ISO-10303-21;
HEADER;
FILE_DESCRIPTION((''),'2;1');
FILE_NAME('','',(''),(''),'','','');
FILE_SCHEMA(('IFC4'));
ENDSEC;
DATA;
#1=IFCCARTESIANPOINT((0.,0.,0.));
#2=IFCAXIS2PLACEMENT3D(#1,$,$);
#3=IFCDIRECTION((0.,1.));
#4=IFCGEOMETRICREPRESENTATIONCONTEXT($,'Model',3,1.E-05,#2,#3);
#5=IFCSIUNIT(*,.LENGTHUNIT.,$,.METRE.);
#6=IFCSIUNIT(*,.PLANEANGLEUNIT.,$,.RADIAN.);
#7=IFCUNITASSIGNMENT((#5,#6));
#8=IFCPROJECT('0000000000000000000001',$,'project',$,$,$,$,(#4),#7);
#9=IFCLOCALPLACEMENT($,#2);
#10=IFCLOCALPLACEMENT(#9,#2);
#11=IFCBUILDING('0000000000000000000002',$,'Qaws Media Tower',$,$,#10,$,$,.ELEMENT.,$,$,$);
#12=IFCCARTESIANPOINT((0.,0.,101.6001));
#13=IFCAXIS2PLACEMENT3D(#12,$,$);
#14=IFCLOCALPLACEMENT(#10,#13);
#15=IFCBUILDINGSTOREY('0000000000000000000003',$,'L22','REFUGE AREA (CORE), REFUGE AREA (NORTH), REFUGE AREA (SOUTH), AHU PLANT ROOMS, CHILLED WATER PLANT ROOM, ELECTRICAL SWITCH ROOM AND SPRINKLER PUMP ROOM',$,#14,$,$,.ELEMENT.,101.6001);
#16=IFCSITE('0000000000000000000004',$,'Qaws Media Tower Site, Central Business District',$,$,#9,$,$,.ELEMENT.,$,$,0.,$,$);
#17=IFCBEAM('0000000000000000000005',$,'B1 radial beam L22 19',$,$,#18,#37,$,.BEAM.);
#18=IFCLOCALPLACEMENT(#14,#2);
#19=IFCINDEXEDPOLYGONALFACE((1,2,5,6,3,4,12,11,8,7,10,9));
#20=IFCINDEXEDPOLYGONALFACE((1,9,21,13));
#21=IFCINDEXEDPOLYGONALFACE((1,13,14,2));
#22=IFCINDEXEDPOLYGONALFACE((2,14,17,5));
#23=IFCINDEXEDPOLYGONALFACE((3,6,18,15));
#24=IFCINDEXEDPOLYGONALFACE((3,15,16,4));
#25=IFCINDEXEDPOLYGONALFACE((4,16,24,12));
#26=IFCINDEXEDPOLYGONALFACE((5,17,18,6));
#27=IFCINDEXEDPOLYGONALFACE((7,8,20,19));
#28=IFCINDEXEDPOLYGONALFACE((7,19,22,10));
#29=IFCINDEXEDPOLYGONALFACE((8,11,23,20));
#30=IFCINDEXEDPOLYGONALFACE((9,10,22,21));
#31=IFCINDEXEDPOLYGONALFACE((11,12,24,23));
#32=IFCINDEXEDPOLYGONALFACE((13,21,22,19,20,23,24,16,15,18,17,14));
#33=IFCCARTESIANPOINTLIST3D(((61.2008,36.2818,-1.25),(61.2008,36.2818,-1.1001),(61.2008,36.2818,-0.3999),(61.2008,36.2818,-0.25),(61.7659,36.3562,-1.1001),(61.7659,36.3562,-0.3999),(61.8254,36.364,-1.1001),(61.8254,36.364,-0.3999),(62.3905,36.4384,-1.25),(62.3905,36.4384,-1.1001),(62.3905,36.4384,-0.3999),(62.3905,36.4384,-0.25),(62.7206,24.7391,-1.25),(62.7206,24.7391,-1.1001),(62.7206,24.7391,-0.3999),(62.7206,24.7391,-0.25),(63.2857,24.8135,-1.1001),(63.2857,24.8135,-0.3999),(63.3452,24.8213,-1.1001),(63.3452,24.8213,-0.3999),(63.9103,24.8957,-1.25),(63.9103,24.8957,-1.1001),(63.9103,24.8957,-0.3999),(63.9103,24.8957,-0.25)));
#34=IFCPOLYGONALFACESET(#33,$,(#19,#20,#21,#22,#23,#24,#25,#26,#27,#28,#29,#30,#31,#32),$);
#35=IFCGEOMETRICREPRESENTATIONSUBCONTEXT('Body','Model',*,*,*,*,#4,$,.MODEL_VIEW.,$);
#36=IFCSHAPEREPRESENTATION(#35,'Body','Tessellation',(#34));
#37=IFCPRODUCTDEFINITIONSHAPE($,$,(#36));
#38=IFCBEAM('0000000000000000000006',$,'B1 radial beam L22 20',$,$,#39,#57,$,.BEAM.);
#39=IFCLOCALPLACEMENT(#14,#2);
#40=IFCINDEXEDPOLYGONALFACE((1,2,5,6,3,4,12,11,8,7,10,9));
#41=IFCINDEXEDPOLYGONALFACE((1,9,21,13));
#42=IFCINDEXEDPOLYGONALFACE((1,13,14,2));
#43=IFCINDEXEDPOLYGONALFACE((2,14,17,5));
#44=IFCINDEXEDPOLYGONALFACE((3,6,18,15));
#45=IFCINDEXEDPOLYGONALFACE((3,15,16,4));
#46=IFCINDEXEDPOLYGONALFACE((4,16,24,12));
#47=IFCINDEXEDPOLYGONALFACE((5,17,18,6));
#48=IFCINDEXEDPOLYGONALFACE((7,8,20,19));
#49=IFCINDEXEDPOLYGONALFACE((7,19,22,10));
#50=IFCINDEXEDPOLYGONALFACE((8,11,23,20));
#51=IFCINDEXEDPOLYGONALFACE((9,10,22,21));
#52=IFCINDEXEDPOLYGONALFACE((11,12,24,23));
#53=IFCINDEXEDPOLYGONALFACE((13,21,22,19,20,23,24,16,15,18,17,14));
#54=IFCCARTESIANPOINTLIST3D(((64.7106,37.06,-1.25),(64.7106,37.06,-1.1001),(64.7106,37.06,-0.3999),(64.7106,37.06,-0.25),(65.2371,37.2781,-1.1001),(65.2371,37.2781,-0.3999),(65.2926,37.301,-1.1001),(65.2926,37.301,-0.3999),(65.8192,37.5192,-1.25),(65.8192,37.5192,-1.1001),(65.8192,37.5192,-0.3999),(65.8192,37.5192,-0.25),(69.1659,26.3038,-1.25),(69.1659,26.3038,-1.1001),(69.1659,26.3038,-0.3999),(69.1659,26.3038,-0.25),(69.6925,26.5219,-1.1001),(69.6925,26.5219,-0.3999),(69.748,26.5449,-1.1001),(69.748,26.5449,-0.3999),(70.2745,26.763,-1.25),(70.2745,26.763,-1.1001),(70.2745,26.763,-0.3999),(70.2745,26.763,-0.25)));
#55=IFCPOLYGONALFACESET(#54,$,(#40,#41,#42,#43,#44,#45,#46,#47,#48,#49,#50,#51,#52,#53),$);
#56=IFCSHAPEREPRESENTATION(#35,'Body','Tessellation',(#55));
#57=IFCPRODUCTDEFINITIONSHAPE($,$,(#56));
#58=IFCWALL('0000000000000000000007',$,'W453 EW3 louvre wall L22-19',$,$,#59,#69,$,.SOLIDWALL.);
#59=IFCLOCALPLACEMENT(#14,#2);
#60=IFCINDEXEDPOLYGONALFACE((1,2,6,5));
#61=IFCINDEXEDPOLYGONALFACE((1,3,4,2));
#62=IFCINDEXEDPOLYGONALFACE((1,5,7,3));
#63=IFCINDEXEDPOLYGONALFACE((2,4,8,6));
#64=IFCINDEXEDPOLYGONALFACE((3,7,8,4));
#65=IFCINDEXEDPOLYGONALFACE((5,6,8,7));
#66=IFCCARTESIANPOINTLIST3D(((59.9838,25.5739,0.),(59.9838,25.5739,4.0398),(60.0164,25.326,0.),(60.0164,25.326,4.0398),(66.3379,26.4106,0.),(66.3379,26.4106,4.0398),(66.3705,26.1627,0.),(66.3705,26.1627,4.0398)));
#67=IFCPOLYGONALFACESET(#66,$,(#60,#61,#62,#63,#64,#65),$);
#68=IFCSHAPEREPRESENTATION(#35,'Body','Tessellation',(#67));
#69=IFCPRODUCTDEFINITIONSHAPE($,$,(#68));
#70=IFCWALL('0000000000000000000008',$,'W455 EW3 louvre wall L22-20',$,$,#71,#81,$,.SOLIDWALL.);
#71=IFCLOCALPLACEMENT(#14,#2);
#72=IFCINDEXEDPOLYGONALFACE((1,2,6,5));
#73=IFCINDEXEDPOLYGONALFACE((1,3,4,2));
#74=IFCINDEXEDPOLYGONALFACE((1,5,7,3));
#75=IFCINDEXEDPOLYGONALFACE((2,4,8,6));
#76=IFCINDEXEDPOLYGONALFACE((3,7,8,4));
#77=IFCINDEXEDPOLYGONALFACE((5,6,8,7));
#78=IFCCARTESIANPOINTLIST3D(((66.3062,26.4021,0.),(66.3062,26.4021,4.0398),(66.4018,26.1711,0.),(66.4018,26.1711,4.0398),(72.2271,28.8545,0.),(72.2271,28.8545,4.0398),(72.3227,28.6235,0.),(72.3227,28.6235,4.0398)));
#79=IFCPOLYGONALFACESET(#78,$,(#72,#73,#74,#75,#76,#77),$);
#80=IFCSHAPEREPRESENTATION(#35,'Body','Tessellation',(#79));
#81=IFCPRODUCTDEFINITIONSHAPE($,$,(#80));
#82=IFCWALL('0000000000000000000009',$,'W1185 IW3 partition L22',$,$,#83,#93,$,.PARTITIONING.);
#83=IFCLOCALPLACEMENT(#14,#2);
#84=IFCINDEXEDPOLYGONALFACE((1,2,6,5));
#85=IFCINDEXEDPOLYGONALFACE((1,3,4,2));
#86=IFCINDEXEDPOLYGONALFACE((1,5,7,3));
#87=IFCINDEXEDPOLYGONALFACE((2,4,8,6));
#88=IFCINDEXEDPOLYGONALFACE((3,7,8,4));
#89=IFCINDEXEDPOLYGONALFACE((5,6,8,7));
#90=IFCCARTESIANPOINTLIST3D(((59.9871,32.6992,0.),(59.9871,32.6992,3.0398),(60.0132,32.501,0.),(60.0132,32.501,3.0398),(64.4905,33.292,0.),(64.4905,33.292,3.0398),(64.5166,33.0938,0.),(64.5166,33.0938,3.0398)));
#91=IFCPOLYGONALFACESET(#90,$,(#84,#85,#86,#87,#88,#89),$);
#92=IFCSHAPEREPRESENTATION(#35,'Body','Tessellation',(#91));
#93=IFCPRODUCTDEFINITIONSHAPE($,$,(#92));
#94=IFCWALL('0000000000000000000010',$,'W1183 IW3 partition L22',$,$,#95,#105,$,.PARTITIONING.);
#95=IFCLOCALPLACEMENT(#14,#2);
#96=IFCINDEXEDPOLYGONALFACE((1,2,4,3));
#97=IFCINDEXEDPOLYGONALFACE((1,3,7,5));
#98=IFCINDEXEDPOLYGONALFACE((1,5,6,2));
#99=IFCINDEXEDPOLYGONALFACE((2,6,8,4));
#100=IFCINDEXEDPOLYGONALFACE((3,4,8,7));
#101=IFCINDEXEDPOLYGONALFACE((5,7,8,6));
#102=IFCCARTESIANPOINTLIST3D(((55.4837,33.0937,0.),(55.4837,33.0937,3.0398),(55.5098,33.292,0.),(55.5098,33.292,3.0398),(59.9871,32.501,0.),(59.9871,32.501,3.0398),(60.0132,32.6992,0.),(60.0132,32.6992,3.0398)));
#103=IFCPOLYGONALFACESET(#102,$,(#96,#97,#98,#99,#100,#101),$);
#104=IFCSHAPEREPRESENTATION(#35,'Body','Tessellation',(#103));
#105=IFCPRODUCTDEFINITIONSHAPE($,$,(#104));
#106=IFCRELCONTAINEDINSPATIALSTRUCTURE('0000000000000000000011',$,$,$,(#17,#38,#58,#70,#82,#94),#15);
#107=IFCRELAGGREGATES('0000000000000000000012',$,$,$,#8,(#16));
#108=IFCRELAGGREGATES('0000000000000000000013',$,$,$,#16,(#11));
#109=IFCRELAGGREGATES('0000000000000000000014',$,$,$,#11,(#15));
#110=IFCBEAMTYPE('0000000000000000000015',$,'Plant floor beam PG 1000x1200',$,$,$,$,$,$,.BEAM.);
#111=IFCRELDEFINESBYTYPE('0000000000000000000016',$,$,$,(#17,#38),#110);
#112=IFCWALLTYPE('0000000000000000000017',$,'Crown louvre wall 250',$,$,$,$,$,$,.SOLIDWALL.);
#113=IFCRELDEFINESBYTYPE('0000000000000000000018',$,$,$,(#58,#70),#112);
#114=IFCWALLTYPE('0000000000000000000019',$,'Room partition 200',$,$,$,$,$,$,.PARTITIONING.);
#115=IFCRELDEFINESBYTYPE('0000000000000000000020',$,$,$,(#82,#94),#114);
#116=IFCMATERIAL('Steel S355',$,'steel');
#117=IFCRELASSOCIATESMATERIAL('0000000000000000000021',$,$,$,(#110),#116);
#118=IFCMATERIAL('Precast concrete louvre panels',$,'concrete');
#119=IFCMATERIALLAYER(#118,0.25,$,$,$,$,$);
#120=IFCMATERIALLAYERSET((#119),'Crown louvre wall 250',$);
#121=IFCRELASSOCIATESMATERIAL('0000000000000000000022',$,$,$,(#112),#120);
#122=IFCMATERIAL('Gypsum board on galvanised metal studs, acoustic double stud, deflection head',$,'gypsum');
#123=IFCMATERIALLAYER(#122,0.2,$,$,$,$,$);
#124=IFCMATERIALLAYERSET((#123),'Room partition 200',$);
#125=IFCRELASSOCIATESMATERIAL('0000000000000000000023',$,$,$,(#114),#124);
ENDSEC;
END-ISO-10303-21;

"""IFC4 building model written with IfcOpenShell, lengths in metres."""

from ifc_helpers import new_model, si_unit, direction, frame, frame_2d, origin, origin_2d, place, context, subcontext, project, spatial, rectangle, i_section, extrude, material, layer, layer_set, material_profile, profile_set, type_object, element, save


model = new_model("IFC4")

# Units and contexts
model_context = context("Model", 3, precision=1e-05, world=origin(), true_north=direction((0.0, 1.0)))
body_context = subcontext(model_context, "Body", "Model", "MODEL_VIEW")
ifc_project = project(units=[si_unit("LENGTHUNIT", "METRE"), si_unit("PLANEANGLEUNIT", "RADIAN")], contexts=[model_context])

# Site, building, storey
site_placement = place(None, origin())
site = spatial("IfcSite", under=ifc_project, at=site_placement, Name="Qaws Media Tower Site, Central Business District", CompositionType="ELEMENT", RefElevation=0.0)
building_placement = place(site_placement, origin())
building = spatial("IfcBuilding", under=site, at=building_placement, Name="Qaws Media Tower", CompositionType="ELEMENT")
storey_placement = place(building_placement, frame((0.0, 0.0, 101.6001)))
storey = spatial("IfcBuildingStorey", under=building, at=storey_placement, Name="L22", Description="REFUGE AREA (CORE), REFUGE AREA (NORTH), REFUGE AREA (SOUTH), AHU PLANT ROOMS, CHILLED WATER PLANT ROOM, ELECTRICAL SWITCH ROOM AND SPRINKLER PUMP ROOM", CompositionType="ELEMENT", Elevation=101.6001)

# Beams
ifc_material_1 = material(Name="Steel S355", Category="steel")
ifc_material_profile_1 = material_profile(ifc_material_1, i_section(OverallWidth=1.2, OverallDepth=1.0, WebThickness=0.0601, FlangeThickness=0.1499, at=origin_2d()), Name="PG 1000x1200")
ifc_profile_set_1 = profile_set([ifc_material_profile_1], Name="Steel S355")
beam_type_1 = type_object("IfcBeamType", Name="Plant floor beam PG 1000x1200", PredefinedType="BEAM", material=ifc_profile_set_1)
for number, where, z_axis, x_axis, name in (
    (1, (61.7957, 36.3601, -0.75), (0.130539, -0.991443, 0.0), (0.991443, 0.130539, 0.0), "B1 radial beam L22 19"),
    (2, (65.2649, 37.2896, -0.75), (0.382683, -0.92388, 0.0), (0.92388, 0.382683, 0.0), "B1 radial beam L22 20"),
):
    element("IfcBeam", number, at=place(storey_placement, frame(where, z_axis=z_axis, x_axis=x_axis)), inside=storey, type_object=beam_type_1, Name=name, PredefinedType="BEAM", context=body_context, shape_type="SweptSolid", body=[
        extrude(i_section(OverallWidth=1.2, OverallDepth=1.0, WebThickness=0.0601, FlangeThickness=0.1499, at=origin_2d()), origin(), (0.0, 0.0, 1.0), 11.6423),
    ])

# Walls
ifc_material_2 = material(Name="Precast concrete louvre panels", Category="concrete")
ifc_layer_1 = layer(ifc_material_2, 0.25)
ifc_layer_set_1 = layer_set([ifc_layer_1], Name="Crown louvre wall 250")
wall_type_1 = type_object("IfcWallType", Name="Crown louvre wall 250", PredefinedType="SOLIDWALL", material=ifc_layer_set_1)
wall_1_placement = place(storey_placement, frame((60.0, 25.45, 0.0), z_axis=(0.0, 0.0, 1.0), x_axis=(0.991442, 0.130549, 0.0)))
element("IfcWall", 3, at=wall_1_placement, inside=storey, type_object=wall_type_1, Name="W453 EW3 louvre wall L22-19", PredefinedType="SOLIDWALL", context=body_context, shape_type="SweptSolid", body=[
    extrude(rectangle(XDim=6.4089, YDim=0.25, at=frame_2d((3.2046, 0.0))), origin(), (0.0, 0.0, 1.0), 4.0398),
])
wall_2_placement = place(storey_placement, frame((66.354, 26.2866, 0.0), z_axis=(0.0, 0.0, 1.0), x_axis=(0.923886, 0.382667, 0.0)))
element("IfcWall", 4, at=wall_2_placement, inside=storey, type_object=wall_type_1, Name="W455 EW3 louvre wall L22-20", PredefinedType="SOLIDWALL", context=body_context, shape_type="SweptSolid", body=[
    extrude(rectangle(XDim=6.4087, YDim=0.25, at=frame_2d((3.2043, 0.0))), origin(), (0.0, 0.0, 1.0), 4.0398),
])

# Shared definitions
ifc_material_3 = material(Name="Gypsum board on galvanised metal studs, acoustic double stud, deflection head", Category="gypsum")
ifc_layer_2 = layer(ifc_material_3, 0.2)
ifc_layer_set_2 = layer_set([ifc_layer_2], Name="Room partition 200")
wall_type_2 = type_object("IfcWallType", Name="Room partition 200", PredefinedType="PARTITIONING", material=ifc_layer_set_2)

# Walls
for number, where, z_axis, x_axis, name in (
    (5, (64.5034, 33.1929, 0.0), (0.0, 0.0, 1.0), (-0.991448, -0.130502, 0.0), "W1185 IW3 partition L22"),
    (6, (60.0, 32.6001, 0.0), (0.0, 0.0, 1.0), (-0.991448, 0.130502, 0.0), "W1183 IW3 partition L22"),
):
    element("IfcWall", number, at=place(storey_placement, frame(where, z_axis=z_axis, x_axis=x_axis)), inside=storey, type_object=wall_type_2, Name=name, PredefinedType="PARTITIONING", context=body_context, shape_type="SweptSolid", body=[
        extrude(rectangle(XDim=4.5422, YDim=0.2, at=frame_2d((2.271, 0.0))), origin(), (0.0, 0.0, 1.0), 3.0398),
    ])

save(model, "model.ifc")
